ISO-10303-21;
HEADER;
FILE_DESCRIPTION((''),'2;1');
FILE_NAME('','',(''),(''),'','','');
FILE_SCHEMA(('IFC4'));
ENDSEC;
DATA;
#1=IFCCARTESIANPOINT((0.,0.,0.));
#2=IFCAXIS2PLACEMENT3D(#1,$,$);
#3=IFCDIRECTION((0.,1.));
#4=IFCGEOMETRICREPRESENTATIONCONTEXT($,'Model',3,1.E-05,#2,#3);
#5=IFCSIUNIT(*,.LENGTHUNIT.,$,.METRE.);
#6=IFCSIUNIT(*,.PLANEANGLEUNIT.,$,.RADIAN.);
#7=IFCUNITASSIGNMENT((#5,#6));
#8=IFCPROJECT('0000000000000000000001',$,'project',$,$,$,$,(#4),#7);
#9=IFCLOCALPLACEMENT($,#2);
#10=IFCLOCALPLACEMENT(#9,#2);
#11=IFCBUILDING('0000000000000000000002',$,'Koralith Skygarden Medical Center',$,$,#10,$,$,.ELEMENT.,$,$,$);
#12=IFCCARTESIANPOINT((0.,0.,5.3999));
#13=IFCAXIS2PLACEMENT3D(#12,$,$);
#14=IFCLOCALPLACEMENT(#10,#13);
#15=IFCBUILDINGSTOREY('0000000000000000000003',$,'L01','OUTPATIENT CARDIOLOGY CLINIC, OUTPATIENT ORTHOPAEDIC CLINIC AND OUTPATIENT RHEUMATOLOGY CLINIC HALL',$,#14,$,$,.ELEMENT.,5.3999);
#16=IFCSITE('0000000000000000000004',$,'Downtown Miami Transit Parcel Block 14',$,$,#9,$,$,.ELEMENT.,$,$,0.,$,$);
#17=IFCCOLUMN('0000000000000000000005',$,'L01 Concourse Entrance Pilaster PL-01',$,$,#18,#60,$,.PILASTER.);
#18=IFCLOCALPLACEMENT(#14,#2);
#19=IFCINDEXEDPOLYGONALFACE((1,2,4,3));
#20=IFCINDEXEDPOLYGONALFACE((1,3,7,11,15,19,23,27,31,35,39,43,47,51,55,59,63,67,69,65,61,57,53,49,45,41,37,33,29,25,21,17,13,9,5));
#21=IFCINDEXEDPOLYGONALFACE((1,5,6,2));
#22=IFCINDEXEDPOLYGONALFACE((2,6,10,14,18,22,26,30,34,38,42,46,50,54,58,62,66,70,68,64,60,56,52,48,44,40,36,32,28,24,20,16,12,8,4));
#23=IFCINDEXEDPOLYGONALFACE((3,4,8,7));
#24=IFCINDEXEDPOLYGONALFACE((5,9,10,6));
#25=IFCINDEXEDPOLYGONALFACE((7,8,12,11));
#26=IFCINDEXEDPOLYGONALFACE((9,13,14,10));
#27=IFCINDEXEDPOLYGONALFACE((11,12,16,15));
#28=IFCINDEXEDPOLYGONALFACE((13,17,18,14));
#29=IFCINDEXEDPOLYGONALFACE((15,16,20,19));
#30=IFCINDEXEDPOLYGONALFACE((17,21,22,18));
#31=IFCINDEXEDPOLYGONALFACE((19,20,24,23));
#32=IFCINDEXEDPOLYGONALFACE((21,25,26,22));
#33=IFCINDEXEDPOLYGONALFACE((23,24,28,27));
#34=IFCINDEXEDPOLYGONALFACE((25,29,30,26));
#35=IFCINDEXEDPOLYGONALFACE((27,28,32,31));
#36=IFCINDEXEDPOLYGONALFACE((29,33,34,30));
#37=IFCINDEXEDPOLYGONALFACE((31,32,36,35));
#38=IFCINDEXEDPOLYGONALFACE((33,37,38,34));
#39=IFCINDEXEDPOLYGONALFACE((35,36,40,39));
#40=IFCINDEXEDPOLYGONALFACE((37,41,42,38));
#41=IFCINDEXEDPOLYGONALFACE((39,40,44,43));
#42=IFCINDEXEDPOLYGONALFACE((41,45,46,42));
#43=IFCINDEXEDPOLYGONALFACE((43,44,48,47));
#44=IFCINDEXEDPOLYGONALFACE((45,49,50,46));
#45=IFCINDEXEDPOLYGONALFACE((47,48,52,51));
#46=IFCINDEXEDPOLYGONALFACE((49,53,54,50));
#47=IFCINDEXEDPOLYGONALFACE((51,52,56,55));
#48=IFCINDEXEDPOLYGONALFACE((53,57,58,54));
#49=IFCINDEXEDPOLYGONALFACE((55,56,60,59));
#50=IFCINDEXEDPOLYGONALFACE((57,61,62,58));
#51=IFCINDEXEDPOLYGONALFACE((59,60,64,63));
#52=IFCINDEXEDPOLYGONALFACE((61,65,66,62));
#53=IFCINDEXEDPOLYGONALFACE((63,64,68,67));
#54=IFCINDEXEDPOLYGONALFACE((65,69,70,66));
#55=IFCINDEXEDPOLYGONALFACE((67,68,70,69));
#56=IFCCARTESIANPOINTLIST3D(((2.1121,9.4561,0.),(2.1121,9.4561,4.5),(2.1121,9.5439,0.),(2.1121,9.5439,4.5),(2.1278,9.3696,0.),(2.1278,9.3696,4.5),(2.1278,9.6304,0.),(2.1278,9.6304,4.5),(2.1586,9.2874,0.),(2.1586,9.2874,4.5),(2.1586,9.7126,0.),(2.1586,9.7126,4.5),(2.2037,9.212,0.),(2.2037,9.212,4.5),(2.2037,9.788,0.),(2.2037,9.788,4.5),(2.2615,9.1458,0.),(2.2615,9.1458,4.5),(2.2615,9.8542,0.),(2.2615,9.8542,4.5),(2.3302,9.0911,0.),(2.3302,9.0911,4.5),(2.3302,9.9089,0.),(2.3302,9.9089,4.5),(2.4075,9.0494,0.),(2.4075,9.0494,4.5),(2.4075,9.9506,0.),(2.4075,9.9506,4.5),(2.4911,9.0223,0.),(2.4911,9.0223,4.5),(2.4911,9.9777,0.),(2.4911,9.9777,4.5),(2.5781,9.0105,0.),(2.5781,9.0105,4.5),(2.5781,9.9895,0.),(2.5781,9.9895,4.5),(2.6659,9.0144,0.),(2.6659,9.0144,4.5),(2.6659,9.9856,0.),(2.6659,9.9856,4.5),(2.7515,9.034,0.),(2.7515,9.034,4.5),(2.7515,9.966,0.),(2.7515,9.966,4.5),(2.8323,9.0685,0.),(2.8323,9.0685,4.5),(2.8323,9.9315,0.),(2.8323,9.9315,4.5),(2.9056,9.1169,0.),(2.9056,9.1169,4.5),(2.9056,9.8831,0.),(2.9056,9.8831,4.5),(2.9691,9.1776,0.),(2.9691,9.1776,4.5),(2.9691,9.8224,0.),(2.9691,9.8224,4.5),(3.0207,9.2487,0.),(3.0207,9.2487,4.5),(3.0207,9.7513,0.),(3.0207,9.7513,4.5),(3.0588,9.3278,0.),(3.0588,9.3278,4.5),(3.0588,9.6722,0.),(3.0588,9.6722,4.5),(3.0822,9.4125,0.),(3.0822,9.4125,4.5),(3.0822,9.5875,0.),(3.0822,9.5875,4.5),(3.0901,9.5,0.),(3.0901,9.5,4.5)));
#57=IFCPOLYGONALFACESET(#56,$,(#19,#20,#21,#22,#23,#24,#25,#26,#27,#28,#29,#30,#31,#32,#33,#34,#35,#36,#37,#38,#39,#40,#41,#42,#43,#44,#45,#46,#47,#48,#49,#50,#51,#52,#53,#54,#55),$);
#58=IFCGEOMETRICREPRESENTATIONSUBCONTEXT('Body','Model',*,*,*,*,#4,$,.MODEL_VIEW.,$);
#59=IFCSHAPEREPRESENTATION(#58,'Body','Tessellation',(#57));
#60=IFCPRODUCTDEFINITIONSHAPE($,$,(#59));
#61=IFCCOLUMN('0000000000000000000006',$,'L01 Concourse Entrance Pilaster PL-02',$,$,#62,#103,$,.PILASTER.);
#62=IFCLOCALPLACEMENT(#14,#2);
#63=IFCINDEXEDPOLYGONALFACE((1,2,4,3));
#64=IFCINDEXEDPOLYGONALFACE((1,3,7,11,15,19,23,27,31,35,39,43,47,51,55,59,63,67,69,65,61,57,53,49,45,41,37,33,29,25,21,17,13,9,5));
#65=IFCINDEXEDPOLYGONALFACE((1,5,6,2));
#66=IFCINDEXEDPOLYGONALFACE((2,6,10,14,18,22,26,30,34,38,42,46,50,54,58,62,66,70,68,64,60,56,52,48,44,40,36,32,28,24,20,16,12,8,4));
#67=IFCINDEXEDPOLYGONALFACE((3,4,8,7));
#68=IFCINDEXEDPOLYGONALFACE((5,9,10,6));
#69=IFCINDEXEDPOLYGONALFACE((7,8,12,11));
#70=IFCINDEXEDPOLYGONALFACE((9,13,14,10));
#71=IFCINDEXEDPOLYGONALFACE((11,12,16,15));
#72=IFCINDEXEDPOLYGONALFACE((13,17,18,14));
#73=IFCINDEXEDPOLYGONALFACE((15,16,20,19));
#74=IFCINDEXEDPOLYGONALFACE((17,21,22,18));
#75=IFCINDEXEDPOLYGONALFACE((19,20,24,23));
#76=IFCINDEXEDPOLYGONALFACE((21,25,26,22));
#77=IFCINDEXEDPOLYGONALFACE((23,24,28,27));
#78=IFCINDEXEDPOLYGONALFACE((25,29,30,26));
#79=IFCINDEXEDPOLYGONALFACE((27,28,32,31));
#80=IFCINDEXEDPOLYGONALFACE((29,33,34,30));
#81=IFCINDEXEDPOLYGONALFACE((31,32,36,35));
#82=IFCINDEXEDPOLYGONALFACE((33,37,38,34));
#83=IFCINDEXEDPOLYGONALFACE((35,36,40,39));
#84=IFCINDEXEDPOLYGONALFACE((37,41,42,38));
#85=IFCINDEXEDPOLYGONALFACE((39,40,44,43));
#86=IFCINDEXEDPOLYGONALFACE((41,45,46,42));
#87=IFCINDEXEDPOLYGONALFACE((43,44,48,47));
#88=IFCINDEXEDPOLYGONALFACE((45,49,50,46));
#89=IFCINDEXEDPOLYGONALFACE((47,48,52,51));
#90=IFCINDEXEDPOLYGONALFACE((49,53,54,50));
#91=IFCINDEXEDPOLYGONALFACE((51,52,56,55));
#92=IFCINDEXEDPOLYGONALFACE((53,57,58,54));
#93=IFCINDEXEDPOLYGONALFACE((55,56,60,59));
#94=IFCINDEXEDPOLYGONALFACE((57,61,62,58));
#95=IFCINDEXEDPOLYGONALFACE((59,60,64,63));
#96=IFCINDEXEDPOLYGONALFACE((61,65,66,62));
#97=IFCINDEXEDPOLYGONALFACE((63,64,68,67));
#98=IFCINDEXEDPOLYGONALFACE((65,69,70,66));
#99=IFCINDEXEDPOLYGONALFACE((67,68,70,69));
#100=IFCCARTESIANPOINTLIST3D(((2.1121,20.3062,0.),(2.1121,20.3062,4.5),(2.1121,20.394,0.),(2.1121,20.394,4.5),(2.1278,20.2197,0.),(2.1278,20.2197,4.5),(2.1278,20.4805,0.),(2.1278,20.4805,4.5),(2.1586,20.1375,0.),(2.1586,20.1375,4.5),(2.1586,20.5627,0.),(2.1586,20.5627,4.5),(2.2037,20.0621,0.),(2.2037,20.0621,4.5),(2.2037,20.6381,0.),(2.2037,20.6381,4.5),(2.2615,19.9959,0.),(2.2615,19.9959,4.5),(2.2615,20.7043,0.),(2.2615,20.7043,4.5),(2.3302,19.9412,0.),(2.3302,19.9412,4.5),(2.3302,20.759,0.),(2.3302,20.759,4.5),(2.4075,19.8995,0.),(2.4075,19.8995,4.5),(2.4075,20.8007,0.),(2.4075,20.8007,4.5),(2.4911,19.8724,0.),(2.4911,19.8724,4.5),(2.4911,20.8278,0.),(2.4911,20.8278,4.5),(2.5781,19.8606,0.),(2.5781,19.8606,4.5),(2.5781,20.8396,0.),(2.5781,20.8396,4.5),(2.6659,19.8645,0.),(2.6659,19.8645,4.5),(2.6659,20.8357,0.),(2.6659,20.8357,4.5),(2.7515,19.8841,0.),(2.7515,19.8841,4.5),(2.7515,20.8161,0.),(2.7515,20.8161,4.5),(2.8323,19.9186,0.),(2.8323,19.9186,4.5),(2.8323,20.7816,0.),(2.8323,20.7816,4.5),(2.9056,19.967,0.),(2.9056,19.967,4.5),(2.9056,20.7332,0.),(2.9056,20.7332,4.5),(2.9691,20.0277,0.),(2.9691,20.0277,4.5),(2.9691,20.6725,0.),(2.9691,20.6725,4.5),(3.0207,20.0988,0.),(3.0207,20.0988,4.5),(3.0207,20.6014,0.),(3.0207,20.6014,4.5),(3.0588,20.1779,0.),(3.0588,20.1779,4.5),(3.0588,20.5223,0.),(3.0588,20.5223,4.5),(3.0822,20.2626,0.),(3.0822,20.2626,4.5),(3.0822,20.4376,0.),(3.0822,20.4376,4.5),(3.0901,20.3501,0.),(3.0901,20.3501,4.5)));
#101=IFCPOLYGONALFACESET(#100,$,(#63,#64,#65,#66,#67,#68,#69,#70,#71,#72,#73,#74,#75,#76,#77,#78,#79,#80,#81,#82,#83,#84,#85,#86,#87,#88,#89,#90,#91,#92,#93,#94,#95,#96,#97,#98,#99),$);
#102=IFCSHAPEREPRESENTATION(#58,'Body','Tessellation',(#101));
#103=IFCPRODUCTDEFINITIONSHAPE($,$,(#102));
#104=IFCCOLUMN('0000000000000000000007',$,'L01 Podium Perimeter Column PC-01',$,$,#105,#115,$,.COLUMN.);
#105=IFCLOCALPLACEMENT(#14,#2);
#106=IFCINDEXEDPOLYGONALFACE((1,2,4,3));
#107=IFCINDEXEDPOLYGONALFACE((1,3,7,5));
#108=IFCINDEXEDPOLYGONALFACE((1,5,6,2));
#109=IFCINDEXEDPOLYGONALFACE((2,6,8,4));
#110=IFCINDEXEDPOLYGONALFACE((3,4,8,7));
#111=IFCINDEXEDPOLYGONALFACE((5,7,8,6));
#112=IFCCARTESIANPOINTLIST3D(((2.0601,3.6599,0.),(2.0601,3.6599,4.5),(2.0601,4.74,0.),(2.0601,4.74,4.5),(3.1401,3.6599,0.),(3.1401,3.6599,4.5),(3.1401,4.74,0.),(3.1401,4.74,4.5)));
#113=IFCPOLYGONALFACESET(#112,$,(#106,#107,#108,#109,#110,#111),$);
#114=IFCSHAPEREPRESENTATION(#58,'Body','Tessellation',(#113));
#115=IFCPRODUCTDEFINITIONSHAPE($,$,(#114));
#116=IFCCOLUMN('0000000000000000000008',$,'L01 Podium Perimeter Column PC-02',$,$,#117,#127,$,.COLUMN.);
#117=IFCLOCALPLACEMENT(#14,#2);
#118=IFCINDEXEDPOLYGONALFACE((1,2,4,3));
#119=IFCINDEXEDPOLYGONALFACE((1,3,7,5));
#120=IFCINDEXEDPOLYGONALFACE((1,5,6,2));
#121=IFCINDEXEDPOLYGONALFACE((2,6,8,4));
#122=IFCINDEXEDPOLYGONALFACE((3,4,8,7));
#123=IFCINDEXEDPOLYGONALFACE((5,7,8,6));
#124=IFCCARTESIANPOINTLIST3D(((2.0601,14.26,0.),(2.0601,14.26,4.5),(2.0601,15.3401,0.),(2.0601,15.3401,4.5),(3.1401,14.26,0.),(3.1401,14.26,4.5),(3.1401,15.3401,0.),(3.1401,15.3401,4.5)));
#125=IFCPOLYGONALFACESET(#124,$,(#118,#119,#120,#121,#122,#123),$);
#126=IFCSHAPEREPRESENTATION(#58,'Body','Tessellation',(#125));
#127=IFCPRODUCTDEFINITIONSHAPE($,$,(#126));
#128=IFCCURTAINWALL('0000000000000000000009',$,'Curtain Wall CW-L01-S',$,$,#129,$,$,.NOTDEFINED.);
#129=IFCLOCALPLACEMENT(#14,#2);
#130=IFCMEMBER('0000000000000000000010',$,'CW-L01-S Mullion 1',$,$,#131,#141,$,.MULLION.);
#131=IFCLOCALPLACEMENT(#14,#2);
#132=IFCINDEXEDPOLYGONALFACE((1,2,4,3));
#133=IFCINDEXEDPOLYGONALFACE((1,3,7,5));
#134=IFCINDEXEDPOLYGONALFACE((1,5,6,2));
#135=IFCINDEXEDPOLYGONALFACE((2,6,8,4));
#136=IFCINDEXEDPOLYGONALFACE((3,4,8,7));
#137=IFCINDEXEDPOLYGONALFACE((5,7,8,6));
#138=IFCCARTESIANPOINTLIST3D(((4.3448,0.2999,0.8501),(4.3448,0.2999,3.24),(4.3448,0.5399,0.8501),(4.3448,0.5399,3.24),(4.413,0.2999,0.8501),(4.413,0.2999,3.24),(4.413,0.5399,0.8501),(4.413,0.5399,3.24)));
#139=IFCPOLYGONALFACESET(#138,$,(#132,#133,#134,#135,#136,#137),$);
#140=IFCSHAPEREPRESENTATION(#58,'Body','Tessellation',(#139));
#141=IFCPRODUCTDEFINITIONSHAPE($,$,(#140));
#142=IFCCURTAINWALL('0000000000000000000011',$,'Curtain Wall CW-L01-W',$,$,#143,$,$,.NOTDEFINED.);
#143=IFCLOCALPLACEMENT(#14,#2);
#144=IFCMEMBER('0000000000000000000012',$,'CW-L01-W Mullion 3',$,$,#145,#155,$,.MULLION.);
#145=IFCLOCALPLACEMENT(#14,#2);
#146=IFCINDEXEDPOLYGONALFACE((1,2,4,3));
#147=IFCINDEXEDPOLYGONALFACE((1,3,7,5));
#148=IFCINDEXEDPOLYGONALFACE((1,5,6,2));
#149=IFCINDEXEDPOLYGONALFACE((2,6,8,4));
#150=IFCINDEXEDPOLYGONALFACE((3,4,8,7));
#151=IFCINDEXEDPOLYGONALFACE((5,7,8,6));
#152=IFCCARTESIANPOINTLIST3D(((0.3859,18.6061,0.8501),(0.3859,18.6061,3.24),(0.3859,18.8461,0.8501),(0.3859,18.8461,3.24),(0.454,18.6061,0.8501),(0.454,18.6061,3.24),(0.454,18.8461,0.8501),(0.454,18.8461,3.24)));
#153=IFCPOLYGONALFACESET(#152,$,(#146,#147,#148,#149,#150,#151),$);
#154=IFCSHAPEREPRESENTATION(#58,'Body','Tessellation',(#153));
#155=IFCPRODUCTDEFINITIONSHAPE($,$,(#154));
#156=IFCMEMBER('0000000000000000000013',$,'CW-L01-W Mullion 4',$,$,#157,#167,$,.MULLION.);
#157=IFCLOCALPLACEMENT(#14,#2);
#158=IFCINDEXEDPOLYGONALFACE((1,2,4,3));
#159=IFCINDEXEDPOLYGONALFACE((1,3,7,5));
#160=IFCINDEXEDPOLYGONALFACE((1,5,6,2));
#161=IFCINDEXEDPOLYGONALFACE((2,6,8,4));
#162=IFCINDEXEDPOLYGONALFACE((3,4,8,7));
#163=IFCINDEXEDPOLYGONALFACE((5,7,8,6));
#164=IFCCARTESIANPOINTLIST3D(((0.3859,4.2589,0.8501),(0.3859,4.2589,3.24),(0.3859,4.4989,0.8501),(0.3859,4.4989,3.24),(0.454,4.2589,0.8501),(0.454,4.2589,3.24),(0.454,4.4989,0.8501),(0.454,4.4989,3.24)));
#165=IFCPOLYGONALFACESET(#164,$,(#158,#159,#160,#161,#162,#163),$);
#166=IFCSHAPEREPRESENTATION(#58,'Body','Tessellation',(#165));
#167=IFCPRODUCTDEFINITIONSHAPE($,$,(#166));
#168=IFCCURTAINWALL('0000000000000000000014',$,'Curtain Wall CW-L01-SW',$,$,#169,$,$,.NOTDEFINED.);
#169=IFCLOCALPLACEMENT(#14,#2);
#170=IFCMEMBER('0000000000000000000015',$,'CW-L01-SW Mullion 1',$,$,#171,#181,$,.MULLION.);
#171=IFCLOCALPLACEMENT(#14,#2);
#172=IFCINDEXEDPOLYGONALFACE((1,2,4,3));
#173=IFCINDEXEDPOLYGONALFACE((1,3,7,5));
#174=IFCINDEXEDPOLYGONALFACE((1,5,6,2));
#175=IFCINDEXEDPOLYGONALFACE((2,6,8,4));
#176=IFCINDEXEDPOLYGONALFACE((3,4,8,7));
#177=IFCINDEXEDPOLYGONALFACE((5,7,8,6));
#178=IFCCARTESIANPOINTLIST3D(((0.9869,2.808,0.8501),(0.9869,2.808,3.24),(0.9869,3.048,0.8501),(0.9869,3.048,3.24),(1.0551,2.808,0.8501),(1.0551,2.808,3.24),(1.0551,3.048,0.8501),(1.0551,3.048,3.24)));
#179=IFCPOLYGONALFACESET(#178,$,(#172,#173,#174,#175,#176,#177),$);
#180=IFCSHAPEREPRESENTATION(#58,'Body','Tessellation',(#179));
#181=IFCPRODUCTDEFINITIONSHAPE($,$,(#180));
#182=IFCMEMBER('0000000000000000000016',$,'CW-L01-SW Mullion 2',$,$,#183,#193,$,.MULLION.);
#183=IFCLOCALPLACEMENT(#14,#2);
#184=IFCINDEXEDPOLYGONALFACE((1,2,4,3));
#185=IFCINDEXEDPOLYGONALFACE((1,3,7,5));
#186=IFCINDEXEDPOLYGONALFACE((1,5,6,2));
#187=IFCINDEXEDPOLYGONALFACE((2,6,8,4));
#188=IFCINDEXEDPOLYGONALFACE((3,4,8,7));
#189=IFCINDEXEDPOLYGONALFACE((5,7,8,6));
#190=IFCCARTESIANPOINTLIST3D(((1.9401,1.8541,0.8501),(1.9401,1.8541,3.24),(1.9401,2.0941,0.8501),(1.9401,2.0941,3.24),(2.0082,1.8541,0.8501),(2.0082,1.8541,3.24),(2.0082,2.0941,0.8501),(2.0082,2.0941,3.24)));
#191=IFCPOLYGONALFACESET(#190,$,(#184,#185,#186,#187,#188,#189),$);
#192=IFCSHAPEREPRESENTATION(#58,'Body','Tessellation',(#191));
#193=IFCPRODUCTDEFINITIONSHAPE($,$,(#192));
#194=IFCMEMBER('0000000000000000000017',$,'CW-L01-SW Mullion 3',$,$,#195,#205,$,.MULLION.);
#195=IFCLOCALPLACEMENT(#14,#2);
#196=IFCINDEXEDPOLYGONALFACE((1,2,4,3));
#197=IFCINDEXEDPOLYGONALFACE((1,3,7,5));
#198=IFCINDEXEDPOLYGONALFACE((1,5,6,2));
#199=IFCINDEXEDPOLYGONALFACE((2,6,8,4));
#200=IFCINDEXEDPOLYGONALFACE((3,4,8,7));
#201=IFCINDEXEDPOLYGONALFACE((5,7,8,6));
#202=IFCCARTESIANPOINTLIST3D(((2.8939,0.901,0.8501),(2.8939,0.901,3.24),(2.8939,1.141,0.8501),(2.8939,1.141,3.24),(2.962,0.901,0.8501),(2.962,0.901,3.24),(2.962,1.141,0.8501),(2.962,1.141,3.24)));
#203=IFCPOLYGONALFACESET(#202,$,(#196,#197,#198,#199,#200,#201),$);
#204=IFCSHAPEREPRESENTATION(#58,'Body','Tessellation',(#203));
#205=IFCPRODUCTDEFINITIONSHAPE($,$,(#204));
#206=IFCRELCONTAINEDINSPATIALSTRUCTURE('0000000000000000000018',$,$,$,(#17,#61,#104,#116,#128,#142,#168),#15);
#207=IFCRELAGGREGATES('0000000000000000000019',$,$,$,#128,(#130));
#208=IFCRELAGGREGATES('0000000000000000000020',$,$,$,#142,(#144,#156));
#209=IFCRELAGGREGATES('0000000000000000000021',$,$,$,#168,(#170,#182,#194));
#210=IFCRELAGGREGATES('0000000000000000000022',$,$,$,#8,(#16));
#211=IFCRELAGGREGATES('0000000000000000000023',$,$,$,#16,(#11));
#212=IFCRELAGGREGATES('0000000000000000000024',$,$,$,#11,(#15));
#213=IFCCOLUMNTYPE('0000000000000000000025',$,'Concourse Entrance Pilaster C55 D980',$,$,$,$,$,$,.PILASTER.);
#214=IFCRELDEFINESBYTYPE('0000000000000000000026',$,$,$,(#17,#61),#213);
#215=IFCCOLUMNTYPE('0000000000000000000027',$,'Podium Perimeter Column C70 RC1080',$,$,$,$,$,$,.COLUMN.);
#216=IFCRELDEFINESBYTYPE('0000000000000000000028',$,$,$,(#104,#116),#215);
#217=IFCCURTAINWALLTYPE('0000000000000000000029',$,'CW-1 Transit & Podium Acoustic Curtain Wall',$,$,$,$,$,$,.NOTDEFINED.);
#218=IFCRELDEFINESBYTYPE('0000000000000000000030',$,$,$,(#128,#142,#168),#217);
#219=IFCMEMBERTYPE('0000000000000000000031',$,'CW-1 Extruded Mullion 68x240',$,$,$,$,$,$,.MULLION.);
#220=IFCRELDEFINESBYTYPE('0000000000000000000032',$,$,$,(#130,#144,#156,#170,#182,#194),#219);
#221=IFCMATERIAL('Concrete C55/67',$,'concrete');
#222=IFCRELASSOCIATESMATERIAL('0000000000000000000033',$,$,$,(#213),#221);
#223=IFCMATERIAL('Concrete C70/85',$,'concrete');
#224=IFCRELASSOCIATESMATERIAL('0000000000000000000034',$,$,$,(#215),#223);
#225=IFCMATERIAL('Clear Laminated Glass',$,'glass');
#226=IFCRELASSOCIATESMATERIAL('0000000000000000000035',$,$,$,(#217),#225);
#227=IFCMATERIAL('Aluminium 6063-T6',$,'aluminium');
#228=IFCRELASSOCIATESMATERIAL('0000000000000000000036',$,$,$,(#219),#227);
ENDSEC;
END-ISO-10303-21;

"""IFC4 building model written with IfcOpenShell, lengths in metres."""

from ifc_helpers import new_model, si_unit, direction, frame, origin, origin_2d, place, context, subcontext, project, spatial, rectangle, circle, extrude, material, material_profile, profile_set, type_object, element, aggregate, save


model = new_model("IFC4")

# Units and contexts
model_context = context("Model", 3, precision=1e-05, world=origin(), true_north=direction((0.0, 1.0)))
body_context = subcontext(model_context, "Body", "Model", "MODEL_VIEW")
ifc_project = project(units=[si_unit("LENGTHUNIT", "METRE"), si_unit("PLANEANGLEUNIT", "RADIAN")], contexts=[model_context])

# Site, building, storey
site_placement = place(None, origin())
site = spatial("IfcSite", under=ifc_project, at=site_placement, Name="Downtown Miami Transit Parcel Block 14", CompositionType="ELEMENT", RefElevation=0.0)
building_placement = place(site_placement, origin())
building = spatial("IfcBuilding", under=site, at=building_placement, Name="Koralith Skygarden Medical Center", CompositionType="ELEMENT")
storey_placement = place(building_placement, frame((0.0, 0.0, 5.3999)))
storey = spatial("IfcBuildingStorey", under=building, at=storey_placement, Name="L01", Description="OUTPATIENT CARDIOLOGY CLINIC, OUTPATIENT ORTHOPAEDIC CLINIC AND OUTPATIENT RHEUMATOLOGY CLINIC HALL", CompositionType="ELEMENT", Elevation=5.3999)

# Columns
ifc_material_1 = material(Name="Concrete C55/67", Category="concrete")
ifc_material_profile_1 = material_profile(ifc_material_1, circle(Radius=0.49, at=origin_2d()), Name="RCCOL980")
ifc_profile_set_1 = profile_set([ifc_material_profile_1], Name="Concrete C55/67")
column_type_1 = type_object("IfcColumnType", Name="Concourse Entrance Pilaster C55 D980", PredefinedType="PILASTER", material=ifc_profile_set_1)
for number, where, z_axis, x_axis, name in (
    (1, (2.6001, 9.5, 0.0), (0.0, 0.0, 1.0), (1.0, 0.0, 0.0), "L01 Concourse Entrance Pilaster PL-01"),
    (2, (2.6001, 20.3501, 0.0), (0.0, 0.0, 1.0), (1.0, 0.0, 0.0), "L01 Concourse Entrance Pilaster PL-02"),
):
    element("IfcColumn", number, at=place(storey_placement, frame(where, z_axis=z_axis, x_axis=x_axis)), inside=storey, type_object=column_type_1, Name=name, PredefinedType="PILASTER", context=body_context, shape_type="SweptSolid", body=[
        extrude(circle(Radius=0.49, at=origin_2d()), origin(), (0.0, 0.0, 1.0), 4.5),
    ])
ifc_material_2 = material(Name="Concrete C70/85", Category="concrete")
ifc_material_profile_2 = material_profile(ifc_material_2, rectangle(XDim=1.0801, YDim=1.0801, at=origin_2d()), Name="RC1080X1080")
ifc_profile_set_2 = profile_set([ifc_material_profile_2], Name="Concrete C70/85")
column_type_2 = type_object("IfcColumnType", Name="Podium Perimeter Column C70 RC1080", PredefinedType="COLUMN", material=ifc_profile_set_2)
for number, where, z_axis, x_axis, name in (
    (3, (2.6001, 4.2, 0.0), (0.0, 0.0, 1.0), (1.0, 0.0, 0.0), "L01 Podium Perimeter Column PC-01"),
    (4, (2.6001, 14.8, 0.0), (0.0, 0.0, 1.0), (1.0, 0.0, 0.0), "L01 Podium Perimeter Column PC-02"),
):
    element("IfcColumn", number, at=place(storey_placement, frame(where, z_axis=z_axis, x_axis=x_axis)), inside=storey, type_object=column_type_2, Name=name, PredefinedType="COLUMN", context=body_context, shape_type="SweptSolid", body=[
        extrude(rectangle(XDim=1.0801, YDim=1.0801, at=origin_2d()), origin(), (0.0, 0.0, 1.0), 4.5),
    ])

# Curtain wall, member
ifc_material_3 = material(Name="Clear Laminated Glass", Category="glass")
curtain_wall_type = type_object("IfcCurtainWallType", Name="CW-1 Transit & Podium Acoustic Curtain Wall", PredefinedType="NOTDEFINED", material=ifc_material_3)
curtain_wall_1_placement = place(storey_placement, origin())
curtain_wall_1 = element("IfcCurtainWall", 5, at=curtain_wall_1_placement, inside=storey, type_object=curtain_wall_type, Name="Curtain Wall CW-L01-S", PredefinedType="NOTDEFINED")
ifc_material_4 = material(Name="Aluminium 6063-T6", Category="aluminium")
ifc_material_profile_3 = material_profile(ifc_material_4, rectangle(XDim=0.0681, YDim=0.24, at=origin_2d()), Name="MUL68X240")
ifc_profile_set_3 = profile_set([ifc_material_profile_3], Name="Aluminium 6063-T6")
member_type_1 = type_object("IfcMemberType", Name="CW-1 Extruded Mullion 68x240", PredefinedType="MULLION", material=ifc_profile_set_3)
member_1_placement = place(storey_placement, frame((4.3789, 0.4199, 0.8501), z_axis=(0.0, 0.0, 1.0), x_axis=(1.0, 0.0, 0.0)))
member_1 = element("IfcMember", 6, at=member_1_placement, type_object=member_type_1, Name="CW-L01-S Mullion 1", PredefinedType="MULLION", context=body_context, shape_type="SweptSolid", body=[
    extrude(rectangle(XDim=0.0681, YDim=0.24, at=origin_2d()), origin(), (0.0, 0.0, 1.0), 2.3899),
])

# Curtain walls, members
curtain_wall_2_placement = place(storey_placement, origin())
curtain_wall_2 = element("IfcCurtainWall", 7, at=curtain_wall_2_placement, inside=storey, type_object=curtain_wall_type, Name="Curtain Wall CW-L01-W", PredefinedType="NOTDEFINED")
member_2_placement = place(storey_placement, frame((0.4199, 18.7261, 0.8501), z_axis=(0.0, 0.0, 1.0), x_axis=(1.0, 0.0, 0.0)))
member_2 = element("IfcMember", 8, at=member_2_placement, type_object=member_type_1, Name="CW-L01-W Mullion 3", PredefinedType="MULLION", context=body_context, shape_type="SweptSolid", body=[
    extrude(rectangle(XDim=0.0681, YDim=0.24, at=origin_2d()), origin(), (0.0, 0.0, 1.0), 2.3899),
])
member_3_placement = place(storey_placement, frame((0.4199, 4.3789, 0.8501), z_axis=(0.0, 0.0, 1.0), x_axis=(1.0, 0.0, 0.0)))
member_3 = element("IfcMember", 9, at=member_3_placement, type_object=member_type_1, Name="CW-L01-W Mullion 4", PredefinedType="MULLION", context=body_context, shape_type="SweptSolid", body=[
    extrude(rectangle(XDim=0.0681, YDim=0.24, at=origin_2d()), origin(), (0.0, 0.0, 1.0), 2.3899),
])
curtain_wall_3_placement = place(storey_placement, origin())
curtain_wall_3 = element("IfcCurtainWall", 10, at=curtain_wall_3_placement, inside=storey, type_object=curtain_wall_type, Name="Curtain Wall CW-L01-SW", PredefinedType="NOTDEFINED")
member_4_placement = place(storey_placement, frame((1.021, 2.928, 0.8501), z_axis=(0.0, 0.0, 1.0), x_axis=(1.0, 0.0, 0.0)))
member_4 = element("IfcMember", 11, at=member_4_placement, type_object=member_type_1, Name="CW-L01-SW Mullion 1", PredefinedType="MULLION", context=body_context, shape_type="SweptSolid", body=[
    extrude(rectangle(XDim=0.0681, YDim=0.24, at=origin_2d()), origin(), (0.0, 0.0, 1.0), 2.3899),
])
member_5_placement = place(storey_placement, frame((1.9741, 1.9741, 0.8501), z_axis=(0.0, 0.0, 1.0), x_axis=(1.0, 0.0, 0.0)))
member_5 = element("IfcMember", 12, at=member_5_placement, type_object=member_type_1, Name="CW-L01-SW Mullion 2", PredefinedType="MULLION", context=body_context, shape_type="SweptSolid", body=[
    extrude(rectangle(XDim=0.0681, YDim=0.24, at=origin_2d()), origin(), (0.0, 0.0, 1.0), 2.3899),
])
member_6_placement = place(storey_placement, frame((2.928, 1.021, 0.8501), z_axis=(0.0, 0.0, 1.0), x_axis=(1.0, 0.0, 0.0)))
member_6 = element("IfcMember", 13, at=member_6_placement, type_object=member_type_1, Name="CW-L01-SW Mullion 3", PredefinedType="MULLION", context=body_context, shape_type="SweptSolid", body=[
    extrude(rectangle(XDim=0.0681, YDim=0.24, at=origin_2d()), origin(), (0.0, 0.0, 1.0), 2.3899),
])

aggregate(curtain_wall_1, [member_1])

aggregate(curtain_wall_2, [member_2, member_3])
aggregate(curtain_wall_3, [member_4, member_5, member_6])

save(model, "model.ifc")
